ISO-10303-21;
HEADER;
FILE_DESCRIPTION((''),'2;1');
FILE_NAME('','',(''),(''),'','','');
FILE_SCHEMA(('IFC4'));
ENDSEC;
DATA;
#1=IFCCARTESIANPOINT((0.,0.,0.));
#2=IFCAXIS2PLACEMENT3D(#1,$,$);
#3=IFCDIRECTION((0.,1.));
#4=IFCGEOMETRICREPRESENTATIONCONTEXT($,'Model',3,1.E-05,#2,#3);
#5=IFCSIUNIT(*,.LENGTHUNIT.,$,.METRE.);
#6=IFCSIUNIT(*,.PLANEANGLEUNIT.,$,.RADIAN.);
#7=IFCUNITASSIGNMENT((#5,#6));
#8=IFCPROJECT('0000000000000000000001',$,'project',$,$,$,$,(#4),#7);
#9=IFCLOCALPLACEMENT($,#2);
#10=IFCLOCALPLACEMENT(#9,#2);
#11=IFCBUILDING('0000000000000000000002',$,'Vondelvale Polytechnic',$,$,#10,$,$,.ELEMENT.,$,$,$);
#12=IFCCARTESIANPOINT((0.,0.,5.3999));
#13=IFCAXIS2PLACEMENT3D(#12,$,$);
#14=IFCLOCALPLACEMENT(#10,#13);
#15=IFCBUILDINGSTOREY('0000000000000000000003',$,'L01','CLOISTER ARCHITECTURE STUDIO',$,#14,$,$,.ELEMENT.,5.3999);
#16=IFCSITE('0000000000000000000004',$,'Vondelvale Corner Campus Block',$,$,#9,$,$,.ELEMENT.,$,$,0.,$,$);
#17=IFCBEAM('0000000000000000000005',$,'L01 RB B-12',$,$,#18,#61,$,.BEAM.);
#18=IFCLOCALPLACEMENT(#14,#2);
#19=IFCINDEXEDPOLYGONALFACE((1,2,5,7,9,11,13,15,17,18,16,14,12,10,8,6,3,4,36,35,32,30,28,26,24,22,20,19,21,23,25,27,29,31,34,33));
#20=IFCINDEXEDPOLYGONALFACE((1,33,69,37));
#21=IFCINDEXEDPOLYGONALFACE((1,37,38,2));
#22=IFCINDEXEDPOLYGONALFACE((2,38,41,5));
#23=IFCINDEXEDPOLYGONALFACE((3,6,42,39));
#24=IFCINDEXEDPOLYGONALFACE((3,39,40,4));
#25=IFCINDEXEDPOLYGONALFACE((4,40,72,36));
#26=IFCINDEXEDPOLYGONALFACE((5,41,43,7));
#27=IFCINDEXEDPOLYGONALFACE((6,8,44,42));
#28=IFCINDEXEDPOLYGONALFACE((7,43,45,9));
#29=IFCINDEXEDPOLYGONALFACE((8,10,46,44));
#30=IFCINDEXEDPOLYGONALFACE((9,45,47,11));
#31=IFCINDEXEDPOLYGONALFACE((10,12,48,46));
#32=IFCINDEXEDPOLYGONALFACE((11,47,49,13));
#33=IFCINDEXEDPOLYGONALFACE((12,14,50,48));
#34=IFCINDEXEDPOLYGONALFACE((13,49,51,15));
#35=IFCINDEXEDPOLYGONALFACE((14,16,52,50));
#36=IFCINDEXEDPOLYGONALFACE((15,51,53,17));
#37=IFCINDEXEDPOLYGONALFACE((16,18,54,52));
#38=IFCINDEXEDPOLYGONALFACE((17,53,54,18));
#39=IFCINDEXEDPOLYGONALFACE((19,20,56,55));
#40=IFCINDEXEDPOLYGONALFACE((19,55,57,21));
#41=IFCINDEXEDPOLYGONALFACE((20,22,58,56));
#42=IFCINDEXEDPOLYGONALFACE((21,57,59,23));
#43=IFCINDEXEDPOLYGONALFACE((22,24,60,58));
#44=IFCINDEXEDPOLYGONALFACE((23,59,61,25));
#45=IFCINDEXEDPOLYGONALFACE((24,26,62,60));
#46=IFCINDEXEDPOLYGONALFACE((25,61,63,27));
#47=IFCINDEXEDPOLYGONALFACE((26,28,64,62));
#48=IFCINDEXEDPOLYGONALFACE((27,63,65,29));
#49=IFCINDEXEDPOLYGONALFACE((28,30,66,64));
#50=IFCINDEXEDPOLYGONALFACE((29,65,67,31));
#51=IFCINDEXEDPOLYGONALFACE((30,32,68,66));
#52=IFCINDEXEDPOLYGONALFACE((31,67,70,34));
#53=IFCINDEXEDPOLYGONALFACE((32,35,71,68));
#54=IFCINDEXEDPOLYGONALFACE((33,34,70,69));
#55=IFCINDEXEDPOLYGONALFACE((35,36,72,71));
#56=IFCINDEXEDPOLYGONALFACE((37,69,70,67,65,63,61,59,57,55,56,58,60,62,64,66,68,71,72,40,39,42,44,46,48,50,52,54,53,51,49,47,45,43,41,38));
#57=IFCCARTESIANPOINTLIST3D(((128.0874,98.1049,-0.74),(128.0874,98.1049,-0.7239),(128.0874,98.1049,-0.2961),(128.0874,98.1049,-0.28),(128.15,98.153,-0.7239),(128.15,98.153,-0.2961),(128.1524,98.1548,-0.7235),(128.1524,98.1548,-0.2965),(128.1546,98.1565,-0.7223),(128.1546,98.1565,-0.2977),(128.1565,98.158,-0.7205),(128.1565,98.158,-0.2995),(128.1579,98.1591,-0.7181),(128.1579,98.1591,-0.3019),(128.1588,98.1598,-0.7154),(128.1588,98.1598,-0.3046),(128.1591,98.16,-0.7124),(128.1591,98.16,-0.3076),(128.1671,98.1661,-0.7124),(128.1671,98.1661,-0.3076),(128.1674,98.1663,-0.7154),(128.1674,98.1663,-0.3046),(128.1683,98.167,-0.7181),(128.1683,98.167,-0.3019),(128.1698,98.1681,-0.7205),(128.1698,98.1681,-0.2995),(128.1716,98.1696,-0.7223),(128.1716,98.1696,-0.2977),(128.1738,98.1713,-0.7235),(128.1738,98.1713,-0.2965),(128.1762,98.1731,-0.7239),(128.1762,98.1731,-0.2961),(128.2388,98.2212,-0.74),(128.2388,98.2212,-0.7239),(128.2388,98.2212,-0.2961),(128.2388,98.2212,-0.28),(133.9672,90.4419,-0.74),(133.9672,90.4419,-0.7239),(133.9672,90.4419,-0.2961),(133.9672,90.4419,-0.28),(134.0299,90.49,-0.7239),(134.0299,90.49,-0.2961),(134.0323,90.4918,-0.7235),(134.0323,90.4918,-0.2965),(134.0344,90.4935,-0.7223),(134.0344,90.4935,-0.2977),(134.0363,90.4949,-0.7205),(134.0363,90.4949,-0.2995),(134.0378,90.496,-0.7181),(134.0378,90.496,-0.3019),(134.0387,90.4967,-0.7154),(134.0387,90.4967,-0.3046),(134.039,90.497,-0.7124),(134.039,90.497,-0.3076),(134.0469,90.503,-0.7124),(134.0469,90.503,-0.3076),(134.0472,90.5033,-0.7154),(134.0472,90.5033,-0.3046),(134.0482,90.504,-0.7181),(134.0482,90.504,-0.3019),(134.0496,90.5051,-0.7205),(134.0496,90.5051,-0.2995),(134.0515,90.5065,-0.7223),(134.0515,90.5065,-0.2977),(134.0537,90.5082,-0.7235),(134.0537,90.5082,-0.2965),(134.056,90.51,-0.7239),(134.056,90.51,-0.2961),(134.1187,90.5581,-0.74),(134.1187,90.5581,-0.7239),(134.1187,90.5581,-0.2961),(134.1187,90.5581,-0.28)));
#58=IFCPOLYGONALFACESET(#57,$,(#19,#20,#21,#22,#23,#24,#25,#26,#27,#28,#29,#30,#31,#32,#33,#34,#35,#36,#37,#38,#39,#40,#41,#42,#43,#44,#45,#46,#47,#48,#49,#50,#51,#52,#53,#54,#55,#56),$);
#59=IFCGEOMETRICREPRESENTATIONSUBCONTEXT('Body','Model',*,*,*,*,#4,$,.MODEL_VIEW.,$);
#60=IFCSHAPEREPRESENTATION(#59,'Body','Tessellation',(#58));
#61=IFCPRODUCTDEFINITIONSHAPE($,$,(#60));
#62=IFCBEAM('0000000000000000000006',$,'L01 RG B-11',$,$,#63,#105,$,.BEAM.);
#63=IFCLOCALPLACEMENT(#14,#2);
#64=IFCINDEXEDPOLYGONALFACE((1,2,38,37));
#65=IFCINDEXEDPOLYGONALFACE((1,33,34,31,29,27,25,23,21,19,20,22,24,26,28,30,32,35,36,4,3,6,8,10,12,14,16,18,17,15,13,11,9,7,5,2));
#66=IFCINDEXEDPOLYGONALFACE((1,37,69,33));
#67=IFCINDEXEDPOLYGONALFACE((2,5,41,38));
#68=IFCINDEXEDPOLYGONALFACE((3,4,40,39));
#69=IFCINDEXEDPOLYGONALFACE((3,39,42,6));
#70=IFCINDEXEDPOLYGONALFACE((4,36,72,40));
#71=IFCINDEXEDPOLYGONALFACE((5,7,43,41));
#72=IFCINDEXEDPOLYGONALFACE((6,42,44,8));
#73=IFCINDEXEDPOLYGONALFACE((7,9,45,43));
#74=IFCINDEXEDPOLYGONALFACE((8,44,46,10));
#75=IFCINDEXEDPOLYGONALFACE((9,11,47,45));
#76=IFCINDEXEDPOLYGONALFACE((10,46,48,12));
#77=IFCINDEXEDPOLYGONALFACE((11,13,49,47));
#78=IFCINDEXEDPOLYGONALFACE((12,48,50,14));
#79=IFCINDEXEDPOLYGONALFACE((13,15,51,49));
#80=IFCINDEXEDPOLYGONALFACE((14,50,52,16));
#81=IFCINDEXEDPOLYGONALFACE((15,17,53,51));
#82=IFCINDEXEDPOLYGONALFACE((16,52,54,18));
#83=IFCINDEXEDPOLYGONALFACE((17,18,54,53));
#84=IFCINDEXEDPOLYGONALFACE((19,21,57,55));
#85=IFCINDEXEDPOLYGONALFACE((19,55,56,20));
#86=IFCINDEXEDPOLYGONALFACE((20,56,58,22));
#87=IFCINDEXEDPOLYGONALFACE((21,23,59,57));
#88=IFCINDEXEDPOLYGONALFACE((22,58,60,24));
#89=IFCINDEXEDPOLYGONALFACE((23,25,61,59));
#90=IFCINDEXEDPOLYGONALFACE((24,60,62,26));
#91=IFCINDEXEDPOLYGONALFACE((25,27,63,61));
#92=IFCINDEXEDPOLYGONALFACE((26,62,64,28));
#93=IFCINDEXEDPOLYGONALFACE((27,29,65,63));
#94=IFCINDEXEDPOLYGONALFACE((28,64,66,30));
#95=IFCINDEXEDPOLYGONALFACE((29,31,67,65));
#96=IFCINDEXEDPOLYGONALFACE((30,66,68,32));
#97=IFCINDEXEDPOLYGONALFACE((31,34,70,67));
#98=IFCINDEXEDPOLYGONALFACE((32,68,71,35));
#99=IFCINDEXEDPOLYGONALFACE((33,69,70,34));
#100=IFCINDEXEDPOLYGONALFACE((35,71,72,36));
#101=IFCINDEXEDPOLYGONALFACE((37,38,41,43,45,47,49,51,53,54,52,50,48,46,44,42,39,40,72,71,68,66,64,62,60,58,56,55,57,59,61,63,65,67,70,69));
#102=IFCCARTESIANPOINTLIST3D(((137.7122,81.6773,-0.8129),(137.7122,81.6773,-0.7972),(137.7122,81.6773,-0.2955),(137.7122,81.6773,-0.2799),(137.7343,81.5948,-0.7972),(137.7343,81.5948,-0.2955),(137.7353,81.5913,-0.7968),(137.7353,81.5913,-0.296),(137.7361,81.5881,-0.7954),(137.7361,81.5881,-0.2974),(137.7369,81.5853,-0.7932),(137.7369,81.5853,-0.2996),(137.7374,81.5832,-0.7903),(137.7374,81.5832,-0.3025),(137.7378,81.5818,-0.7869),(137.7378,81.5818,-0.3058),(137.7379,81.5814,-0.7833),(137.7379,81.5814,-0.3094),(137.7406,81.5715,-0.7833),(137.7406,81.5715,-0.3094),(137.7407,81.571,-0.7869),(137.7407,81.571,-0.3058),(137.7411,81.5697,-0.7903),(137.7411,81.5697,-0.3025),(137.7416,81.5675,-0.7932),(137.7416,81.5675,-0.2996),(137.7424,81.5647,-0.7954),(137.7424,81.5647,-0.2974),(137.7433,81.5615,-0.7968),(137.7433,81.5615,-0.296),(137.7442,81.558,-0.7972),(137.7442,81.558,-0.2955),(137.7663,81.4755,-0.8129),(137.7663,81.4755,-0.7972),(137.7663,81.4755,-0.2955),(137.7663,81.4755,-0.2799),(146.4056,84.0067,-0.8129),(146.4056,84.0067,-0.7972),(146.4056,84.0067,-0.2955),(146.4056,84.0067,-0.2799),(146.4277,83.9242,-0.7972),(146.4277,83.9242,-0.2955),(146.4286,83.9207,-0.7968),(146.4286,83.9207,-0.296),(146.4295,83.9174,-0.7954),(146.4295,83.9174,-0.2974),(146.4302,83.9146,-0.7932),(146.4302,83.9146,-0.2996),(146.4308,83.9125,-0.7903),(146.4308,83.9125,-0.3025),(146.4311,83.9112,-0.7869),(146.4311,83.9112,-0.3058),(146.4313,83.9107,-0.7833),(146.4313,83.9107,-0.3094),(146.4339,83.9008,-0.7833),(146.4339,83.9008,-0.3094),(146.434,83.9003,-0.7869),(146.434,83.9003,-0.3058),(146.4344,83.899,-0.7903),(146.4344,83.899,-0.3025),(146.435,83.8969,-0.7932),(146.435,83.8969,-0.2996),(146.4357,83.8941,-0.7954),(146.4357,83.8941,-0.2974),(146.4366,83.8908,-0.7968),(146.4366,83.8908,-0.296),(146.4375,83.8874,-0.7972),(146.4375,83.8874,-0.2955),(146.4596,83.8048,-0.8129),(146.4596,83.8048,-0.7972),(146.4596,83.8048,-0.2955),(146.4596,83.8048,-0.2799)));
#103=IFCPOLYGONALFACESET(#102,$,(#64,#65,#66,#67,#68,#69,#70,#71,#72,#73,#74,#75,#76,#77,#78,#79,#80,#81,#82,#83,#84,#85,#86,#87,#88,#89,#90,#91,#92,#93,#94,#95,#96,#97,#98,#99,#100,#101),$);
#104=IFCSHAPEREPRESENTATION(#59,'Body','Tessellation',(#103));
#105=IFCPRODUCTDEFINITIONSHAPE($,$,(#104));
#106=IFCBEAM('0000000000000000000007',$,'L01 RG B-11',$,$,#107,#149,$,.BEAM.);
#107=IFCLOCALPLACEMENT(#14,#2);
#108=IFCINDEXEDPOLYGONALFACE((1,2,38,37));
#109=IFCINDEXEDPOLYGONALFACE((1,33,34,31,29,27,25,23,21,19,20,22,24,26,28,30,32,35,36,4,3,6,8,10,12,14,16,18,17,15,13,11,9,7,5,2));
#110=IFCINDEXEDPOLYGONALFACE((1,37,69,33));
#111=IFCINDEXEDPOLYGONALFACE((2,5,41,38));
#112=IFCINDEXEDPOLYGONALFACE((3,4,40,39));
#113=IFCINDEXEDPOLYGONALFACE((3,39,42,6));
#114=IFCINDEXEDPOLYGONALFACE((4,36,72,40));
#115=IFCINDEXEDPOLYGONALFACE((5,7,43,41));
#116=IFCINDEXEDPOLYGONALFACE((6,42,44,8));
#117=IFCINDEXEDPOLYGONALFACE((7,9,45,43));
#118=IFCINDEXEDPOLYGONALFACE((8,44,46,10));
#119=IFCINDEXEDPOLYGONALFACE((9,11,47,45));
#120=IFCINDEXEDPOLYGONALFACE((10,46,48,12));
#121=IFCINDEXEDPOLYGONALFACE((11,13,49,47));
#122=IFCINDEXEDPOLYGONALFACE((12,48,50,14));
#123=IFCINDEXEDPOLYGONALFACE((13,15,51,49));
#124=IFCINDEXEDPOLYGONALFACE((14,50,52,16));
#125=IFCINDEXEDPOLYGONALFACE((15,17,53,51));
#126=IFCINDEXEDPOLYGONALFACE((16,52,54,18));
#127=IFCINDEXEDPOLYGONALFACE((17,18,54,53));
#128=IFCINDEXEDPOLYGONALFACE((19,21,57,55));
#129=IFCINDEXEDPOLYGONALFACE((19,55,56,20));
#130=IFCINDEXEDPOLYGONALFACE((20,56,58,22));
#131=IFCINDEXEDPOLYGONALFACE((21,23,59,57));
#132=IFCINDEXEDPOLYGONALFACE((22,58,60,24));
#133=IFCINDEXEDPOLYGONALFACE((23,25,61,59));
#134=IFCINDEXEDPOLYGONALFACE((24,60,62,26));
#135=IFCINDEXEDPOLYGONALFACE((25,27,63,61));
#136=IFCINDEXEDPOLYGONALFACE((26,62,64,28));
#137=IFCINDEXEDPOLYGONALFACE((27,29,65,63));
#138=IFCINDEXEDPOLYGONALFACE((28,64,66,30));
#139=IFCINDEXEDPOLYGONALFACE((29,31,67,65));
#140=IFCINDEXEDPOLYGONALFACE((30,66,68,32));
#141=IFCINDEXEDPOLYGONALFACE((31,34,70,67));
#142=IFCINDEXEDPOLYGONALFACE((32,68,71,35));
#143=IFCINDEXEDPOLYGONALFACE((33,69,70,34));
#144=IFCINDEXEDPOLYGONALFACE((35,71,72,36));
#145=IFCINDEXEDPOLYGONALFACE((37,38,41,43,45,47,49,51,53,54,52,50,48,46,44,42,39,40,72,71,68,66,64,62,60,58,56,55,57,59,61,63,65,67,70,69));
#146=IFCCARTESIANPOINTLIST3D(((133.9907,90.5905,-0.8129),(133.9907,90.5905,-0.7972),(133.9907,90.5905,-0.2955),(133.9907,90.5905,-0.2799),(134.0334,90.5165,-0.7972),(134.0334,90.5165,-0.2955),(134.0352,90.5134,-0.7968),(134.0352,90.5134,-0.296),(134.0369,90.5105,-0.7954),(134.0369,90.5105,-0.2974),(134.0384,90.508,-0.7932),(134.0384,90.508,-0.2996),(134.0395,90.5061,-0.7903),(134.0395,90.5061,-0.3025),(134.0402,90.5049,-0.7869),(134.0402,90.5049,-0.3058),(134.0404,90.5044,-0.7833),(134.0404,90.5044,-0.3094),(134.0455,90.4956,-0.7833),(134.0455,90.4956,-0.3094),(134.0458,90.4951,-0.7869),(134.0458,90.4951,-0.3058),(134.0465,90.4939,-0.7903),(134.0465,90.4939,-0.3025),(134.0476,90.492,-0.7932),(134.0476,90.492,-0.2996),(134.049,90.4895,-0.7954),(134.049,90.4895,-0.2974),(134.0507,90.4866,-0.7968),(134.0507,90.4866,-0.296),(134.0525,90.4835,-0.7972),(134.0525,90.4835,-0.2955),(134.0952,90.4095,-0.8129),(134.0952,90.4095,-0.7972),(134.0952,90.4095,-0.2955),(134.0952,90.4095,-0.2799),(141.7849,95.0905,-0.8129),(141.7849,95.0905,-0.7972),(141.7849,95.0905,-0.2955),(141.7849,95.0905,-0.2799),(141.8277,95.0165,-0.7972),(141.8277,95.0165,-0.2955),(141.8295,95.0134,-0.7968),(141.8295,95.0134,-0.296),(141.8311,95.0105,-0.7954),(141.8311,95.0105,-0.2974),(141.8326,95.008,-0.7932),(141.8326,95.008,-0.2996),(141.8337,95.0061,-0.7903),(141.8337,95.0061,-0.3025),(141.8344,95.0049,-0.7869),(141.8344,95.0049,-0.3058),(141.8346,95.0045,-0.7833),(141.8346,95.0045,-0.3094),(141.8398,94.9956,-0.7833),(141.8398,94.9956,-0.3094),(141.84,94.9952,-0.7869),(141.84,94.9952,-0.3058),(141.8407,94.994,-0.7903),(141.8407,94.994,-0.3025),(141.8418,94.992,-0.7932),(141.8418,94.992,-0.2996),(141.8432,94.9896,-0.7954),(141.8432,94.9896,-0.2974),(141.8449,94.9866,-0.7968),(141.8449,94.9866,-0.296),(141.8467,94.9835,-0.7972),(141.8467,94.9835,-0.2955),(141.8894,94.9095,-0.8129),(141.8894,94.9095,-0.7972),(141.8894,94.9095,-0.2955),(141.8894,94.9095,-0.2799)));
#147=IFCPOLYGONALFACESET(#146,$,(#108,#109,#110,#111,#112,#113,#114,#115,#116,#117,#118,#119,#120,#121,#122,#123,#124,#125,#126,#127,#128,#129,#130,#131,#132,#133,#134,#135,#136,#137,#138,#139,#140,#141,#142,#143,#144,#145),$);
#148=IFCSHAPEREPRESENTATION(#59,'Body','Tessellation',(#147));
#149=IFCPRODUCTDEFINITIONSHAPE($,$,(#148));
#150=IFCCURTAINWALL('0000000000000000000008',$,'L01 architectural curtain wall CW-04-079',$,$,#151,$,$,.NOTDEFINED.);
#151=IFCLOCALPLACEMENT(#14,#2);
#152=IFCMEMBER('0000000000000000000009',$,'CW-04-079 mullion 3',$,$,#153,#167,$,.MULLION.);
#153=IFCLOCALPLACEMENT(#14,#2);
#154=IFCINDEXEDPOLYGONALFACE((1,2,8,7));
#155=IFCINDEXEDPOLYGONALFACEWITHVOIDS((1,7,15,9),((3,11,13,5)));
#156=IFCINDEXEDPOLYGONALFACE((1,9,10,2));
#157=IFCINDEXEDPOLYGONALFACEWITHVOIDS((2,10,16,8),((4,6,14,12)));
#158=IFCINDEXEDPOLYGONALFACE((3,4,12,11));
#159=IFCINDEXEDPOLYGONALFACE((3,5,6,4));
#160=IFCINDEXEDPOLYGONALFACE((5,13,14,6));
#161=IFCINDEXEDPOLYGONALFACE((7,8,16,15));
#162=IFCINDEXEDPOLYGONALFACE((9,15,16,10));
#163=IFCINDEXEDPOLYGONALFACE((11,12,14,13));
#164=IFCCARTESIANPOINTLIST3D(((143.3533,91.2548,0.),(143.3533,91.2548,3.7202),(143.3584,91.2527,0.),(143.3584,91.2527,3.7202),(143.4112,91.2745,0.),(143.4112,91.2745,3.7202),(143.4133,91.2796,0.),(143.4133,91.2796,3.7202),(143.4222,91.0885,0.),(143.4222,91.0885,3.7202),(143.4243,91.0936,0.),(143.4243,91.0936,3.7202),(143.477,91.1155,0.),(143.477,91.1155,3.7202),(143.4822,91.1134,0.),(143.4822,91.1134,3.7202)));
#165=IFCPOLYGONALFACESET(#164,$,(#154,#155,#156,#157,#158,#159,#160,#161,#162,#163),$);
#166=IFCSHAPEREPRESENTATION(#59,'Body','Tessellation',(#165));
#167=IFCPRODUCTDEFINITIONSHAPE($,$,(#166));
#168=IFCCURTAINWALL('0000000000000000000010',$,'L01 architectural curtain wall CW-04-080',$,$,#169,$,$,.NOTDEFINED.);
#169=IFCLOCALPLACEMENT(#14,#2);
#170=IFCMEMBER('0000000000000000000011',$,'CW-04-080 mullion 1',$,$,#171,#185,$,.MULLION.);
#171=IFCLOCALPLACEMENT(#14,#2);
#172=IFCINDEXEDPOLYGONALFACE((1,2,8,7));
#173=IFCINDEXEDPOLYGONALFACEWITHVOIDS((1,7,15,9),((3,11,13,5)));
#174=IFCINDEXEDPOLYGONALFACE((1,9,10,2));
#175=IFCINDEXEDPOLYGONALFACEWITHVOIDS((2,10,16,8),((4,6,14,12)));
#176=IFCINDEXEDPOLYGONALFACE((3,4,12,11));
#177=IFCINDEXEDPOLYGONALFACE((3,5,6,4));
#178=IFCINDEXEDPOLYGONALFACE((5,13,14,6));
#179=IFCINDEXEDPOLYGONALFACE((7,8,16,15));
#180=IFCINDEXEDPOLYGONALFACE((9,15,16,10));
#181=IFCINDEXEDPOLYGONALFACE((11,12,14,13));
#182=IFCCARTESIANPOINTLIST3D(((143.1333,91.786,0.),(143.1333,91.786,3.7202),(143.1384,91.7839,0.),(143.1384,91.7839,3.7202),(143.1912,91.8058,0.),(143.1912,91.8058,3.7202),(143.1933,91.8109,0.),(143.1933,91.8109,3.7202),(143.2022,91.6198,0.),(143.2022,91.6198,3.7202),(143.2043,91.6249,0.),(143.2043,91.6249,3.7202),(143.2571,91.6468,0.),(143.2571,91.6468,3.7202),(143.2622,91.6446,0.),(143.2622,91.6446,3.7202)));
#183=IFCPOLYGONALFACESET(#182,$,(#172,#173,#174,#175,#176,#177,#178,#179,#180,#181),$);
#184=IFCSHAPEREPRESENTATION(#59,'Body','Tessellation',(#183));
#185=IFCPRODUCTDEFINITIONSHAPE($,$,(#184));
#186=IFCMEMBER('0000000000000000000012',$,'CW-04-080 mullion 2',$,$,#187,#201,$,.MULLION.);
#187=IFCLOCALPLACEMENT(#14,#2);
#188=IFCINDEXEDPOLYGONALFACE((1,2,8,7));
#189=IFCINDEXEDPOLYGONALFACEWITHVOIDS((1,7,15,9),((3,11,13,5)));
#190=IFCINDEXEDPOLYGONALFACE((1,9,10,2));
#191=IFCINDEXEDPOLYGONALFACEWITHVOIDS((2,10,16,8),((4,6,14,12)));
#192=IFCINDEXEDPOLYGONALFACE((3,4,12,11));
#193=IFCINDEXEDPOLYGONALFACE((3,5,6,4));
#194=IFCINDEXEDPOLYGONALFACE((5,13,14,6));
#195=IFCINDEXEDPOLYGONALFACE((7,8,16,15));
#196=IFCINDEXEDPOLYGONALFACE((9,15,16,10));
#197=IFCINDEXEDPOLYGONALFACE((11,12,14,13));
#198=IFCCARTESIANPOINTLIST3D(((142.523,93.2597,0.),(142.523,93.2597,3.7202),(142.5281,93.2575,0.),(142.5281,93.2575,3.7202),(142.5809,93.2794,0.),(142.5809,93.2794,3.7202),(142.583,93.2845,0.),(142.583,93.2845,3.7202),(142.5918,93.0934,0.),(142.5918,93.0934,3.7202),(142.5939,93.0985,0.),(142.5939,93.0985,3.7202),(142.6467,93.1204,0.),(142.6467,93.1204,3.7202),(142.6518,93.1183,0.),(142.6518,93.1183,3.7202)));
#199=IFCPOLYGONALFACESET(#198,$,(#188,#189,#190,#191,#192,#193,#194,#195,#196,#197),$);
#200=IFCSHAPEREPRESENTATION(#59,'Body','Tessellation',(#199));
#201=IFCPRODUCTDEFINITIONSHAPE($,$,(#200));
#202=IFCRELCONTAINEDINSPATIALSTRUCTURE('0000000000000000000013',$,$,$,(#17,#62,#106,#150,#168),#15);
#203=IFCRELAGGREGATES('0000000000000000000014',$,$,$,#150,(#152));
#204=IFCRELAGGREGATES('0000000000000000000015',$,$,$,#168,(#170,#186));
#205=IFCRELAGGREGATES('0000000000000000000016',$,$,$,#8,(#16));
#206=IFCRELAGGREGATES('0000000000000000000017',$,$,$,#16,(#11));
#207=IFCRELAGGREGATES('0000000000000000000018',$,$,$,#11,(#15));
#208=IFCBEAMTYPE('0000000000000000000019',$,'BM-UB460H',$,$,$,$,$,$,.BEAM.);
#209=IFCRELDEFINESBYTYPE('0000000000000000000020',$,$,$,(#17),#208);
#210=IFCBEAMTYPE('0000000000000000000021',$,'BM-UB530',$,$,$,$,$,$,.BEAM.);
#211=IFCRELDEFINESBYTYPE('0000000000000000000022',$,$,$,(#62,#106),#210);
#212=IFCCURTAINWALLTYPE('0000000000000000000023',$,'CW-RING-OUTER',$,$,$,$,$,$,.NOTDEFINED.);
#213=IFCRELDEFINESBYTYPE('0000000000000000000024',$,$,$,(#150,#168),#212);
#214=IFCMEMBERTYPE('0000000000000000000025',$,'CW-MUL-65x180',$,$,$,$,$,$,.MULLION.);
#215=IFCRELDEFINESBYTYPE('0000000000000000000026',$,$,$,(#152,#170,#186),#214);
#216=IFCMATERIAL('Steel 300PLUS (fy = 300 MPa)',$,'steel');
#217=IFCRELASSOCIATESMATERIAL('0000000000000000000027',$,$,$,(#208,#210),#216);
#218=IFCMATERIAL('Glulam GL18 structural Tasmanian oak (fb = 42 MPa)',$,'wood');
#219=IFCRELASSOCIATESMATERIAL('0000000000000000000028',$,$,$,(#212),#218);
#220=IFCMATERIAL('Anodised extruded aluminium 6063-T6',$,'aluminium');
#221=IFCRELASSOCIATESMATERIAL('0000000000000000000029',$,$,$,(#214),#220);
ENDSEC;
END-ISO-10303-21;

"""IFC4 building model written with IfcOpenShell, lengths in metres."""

from ifc_helpers import new_model, si_unit, direction, frame, origin, origin_2d, place, context, subcontext, project, spatial, hollow_rectangle, i_section, extrude, material, material_profile, profile_set, type_object, element, aggregate, save


model = new_model("IFC4")

# Units and contexts
model_context = context("Model", 3, precision=1e-05, world=origin(), true_north=direction((0.0, 1.0)))
body_context = subcontext(model_context, "Body", "Model", "MODEL_VIEW")
ifc_project = project(units=[si_unit("LENGTHUNIT", "METRE"), si_unit("PLANEANGLEUNIT", "RADIAN")], contexts=[model_context])

# Site, building, storey
site_placement = place(None, origin())
site = spatial("IfcSite", under=ifc_project, at=site_placement, Name="Vondelvale Corner Campus Block", CompositionType="ELEMENT", RefElevation=0.0)
building_placement = place(site_placement, origin())
building = spatial("IfcBuilding", under=site, at=building_placement, Name="Vondelvale Polytechnic", CompositionType="ELEMENT")
storey_placement = place(building_placement, frame((0.0, 0.0, 5.3999)))
storey = spatial("IfcBuildingStorey", under=building, at=storey_placement, Name="L01", Description="CLOISTER ARCHITECTURE STUDIO", CompositionType="ELEMENT", Elevation=5.3999)

# Shared definitions
ifc_material_1 = material(Name="Glulam GL18 structural Tasmanian oak (fb = 42 MPa)", Category="wood")
ifc_material_2 = material(Name="Steel 300PLUS (fy = 300 MPa)", Category="steel")

# Beams
ifc_material_profile_1 = material_profile(ifc_material_2, i_section(OverallWidth=0.1909, OverallDepth=0.46, WebThickness=0.01, FlangeThickness=0.0161, FilletRadius=0.0115, at=origin_2d()), Name="460UB82.1")
ifc_profile_set_1 = profile_set([ifc_material_profile_1], Name="Steel 300PLUS (fy = 300 MPa)")
beam_type_1 = type_object("IfcBeamType", Name="BM-UB460H", PredefinedType="BEAM", material=ifc_profile_set_1)
for number, where, z_axis, x_axis, name in (
    (1, (134.043, 90.5, -0.51), (-0.608748, 0.793364, 0.0), (-0.793364, -0.608748, 0.0), "L01 RB B-12"),
):
    element("IfcBeam", number, at=place(storey_placement, frame(where, z_axis=z_axis, x_axis=x_axis)), inside=storey, type_object=beam_type_1, Name=name, PredefinedType="BEAM", context=body_context, shape_type="SweptSolid", body=[
        extrude(i_section(OverallWidth=0.1909, OverallDepth=0.46, WebThickness=0.01, FlangeThickness=0.0161, FilletRadius=0.0115, at=origin_2d()), origin(), (0.0, 0.0, 1.0), 9.6589),
    ])
ifc_material_profile_2 = material_profile(ifc_material_2, i_section(OverallWidth=0.209, OverallDepth=0.533, WebThickness=0.0103, FlangeThickness=0.0156, FilletRadius=0.0139, at=origin_2d()), Name="530UB92.4")
ifc_profile_set_2 = profile_set([ifc_material_profile_2], Name="Steel 300PLUS (fy = 300 MPa)")
beam_type_2 = type_object("IfcBeamType", Name="BM-UB530", PredefinedType="BEAM", material=ifc_profile_set_2)
for number, where, z_axis, x_axis, name in (
    (2, (137.7393, 81.5764, -0.5464), (0.965927, 0.258816, 0.0), (-0.258816, 0.965927, 0.0), "L01 RG B-11"),
    (3, (134.043, 90.5, -0.5464), (0.866024, 0.500002, 0.0), (-0.500002, 0.866024, 0.0), "L01 RG B-11"),
):
    element("IfcBeam", number, at=place(storey_placement, frame(where, z_axis=z_axis, x_axis=x_axis)), inside=storey, type_object=beam_type_2, Name=name, PredefinedType="BEAM", context=body_context, shape_type="SweptSolid", body=[
        extrude(i_section(OverallWidth=0.209, OverallDepth=0.533, WebThickness=0.0103, FlangeThickness=0.0156, FilletRadius=0.0139, at=origin_2d()), origin(), (0.0, 0.0, 1.0), 9.0),
    ])

# Curtain wall, member
curtain_wall_type = type_object("IfcCurtainWallType", Name="CW-RING-OUTER", PredefinedType="NOTDEFINED", material=ifc_material_1)
curtain_wall_1_placement = place(storey_placement, origin())
curtain_wall_1 = element("IfcCurtainWall", 4, at=curtain_wall_1_placement, inside=storey, type_object=curtain_wall_type, Name="L01 architectural curtain wall CW-04-079", PredefinedType="NOTDEFINED")
ifc_material_3 = material(Name="Anodised extruded aluminium 6063-T6", Category="aluminium")
ifc_material_profile_3 = material_profile(ifc_material_3, hollow_rectangle(XDim=0.0649, YDim=0.1799, WallThickness=0.0039, at=origin_2d()), Name="CW-MUL-180x65")
ifc_profile_set_3 = profile_set([ifc_material_profile_3], Name="Anodised extruded aluminium 6063-T6")
member_type_1 = type_object("IfcMemberType", Name="CW-MUL-65x180", PredefinedType="MULLION", material=ifc_profile_set_3)
member_1_placement = place(storey_placement, frame((143.4177, 91.1841, 0.0), z_axis=(0.0, 0.0, 1.0), x_axis=(-0.923875, -0.382695, 0.0)))
member_1 = element("IfcMember", 5, at=member_1_placement, type_object=member_type_1, Name="CW-04-079 mullion 3", PredefinedType="MULLION", context=body_context, shape_type="SweptSolid", body=[
    extrude(hollow_rectangle(XDim=0.0649, YDim=0.1799, WallThickness=0.0039, at=origin_2d()), origin(), (0.0, 0.0, 1.0), 3.7202),
])

# Curtain wall, members
curtain_wall_2_placement = place(storey_placement, origin())
curtain_wall_2 = element("IfcCurtainWall", 6, at=curtain_wall_2_placement, inside=storey, type_object=curtain_wall_type, Name="L01 architectural curtain wall CW-04-080", PredefinedType="NOTDEFINED")
member_2_placement = place(storey_placement, frame((143.1978, 91.7153, 0.0), z_axis=(0.0, 0.0, 1.0), x_axis=(-0.923882, -0.382677, 0.0)))
member_2 = element("IfcMember", 7, at=member_2_placement, type_object=member_type_1, Name="CW-04-080 mullion 1", PredefinedType="MULLION", context=body_context, shape_type="SweptSolid", body=[
    extrude(hollow_rectangle(XDim=0.0649, YDim=0.1799, WallThickness=0.0039, at=origin_2d()), origin(), (0.0, 0.0, 1.0), 3.7202),
])
member_3_placement = place(storey_placement, frame((142.5874, 93.189, 0.0), z_axis=(0.0, 0.0, 1.0), x_axis=(-0.923882, -0.382677, 0.0)))
member_3 = element("IfcMember", 8, at=member_3_placement, type_object=member_type_1, Name="CW-04-080 mullion 2", PredefinedType="MULLION", context=body_context, shape_type="SweptSolid", body=[
    extrude(hollow_rectangle(XDim=0.0649, YDim=0.1799, WallThickness=0.0039, at=origin_2d()), origin(), (0.0, 0.0, 1.0), 3.7202),
])

aggregate(curtain_wall_1, [member_1])
aggregate(curtain_wall_2, [member_2, member_3])

save(model, "model.ifc")
